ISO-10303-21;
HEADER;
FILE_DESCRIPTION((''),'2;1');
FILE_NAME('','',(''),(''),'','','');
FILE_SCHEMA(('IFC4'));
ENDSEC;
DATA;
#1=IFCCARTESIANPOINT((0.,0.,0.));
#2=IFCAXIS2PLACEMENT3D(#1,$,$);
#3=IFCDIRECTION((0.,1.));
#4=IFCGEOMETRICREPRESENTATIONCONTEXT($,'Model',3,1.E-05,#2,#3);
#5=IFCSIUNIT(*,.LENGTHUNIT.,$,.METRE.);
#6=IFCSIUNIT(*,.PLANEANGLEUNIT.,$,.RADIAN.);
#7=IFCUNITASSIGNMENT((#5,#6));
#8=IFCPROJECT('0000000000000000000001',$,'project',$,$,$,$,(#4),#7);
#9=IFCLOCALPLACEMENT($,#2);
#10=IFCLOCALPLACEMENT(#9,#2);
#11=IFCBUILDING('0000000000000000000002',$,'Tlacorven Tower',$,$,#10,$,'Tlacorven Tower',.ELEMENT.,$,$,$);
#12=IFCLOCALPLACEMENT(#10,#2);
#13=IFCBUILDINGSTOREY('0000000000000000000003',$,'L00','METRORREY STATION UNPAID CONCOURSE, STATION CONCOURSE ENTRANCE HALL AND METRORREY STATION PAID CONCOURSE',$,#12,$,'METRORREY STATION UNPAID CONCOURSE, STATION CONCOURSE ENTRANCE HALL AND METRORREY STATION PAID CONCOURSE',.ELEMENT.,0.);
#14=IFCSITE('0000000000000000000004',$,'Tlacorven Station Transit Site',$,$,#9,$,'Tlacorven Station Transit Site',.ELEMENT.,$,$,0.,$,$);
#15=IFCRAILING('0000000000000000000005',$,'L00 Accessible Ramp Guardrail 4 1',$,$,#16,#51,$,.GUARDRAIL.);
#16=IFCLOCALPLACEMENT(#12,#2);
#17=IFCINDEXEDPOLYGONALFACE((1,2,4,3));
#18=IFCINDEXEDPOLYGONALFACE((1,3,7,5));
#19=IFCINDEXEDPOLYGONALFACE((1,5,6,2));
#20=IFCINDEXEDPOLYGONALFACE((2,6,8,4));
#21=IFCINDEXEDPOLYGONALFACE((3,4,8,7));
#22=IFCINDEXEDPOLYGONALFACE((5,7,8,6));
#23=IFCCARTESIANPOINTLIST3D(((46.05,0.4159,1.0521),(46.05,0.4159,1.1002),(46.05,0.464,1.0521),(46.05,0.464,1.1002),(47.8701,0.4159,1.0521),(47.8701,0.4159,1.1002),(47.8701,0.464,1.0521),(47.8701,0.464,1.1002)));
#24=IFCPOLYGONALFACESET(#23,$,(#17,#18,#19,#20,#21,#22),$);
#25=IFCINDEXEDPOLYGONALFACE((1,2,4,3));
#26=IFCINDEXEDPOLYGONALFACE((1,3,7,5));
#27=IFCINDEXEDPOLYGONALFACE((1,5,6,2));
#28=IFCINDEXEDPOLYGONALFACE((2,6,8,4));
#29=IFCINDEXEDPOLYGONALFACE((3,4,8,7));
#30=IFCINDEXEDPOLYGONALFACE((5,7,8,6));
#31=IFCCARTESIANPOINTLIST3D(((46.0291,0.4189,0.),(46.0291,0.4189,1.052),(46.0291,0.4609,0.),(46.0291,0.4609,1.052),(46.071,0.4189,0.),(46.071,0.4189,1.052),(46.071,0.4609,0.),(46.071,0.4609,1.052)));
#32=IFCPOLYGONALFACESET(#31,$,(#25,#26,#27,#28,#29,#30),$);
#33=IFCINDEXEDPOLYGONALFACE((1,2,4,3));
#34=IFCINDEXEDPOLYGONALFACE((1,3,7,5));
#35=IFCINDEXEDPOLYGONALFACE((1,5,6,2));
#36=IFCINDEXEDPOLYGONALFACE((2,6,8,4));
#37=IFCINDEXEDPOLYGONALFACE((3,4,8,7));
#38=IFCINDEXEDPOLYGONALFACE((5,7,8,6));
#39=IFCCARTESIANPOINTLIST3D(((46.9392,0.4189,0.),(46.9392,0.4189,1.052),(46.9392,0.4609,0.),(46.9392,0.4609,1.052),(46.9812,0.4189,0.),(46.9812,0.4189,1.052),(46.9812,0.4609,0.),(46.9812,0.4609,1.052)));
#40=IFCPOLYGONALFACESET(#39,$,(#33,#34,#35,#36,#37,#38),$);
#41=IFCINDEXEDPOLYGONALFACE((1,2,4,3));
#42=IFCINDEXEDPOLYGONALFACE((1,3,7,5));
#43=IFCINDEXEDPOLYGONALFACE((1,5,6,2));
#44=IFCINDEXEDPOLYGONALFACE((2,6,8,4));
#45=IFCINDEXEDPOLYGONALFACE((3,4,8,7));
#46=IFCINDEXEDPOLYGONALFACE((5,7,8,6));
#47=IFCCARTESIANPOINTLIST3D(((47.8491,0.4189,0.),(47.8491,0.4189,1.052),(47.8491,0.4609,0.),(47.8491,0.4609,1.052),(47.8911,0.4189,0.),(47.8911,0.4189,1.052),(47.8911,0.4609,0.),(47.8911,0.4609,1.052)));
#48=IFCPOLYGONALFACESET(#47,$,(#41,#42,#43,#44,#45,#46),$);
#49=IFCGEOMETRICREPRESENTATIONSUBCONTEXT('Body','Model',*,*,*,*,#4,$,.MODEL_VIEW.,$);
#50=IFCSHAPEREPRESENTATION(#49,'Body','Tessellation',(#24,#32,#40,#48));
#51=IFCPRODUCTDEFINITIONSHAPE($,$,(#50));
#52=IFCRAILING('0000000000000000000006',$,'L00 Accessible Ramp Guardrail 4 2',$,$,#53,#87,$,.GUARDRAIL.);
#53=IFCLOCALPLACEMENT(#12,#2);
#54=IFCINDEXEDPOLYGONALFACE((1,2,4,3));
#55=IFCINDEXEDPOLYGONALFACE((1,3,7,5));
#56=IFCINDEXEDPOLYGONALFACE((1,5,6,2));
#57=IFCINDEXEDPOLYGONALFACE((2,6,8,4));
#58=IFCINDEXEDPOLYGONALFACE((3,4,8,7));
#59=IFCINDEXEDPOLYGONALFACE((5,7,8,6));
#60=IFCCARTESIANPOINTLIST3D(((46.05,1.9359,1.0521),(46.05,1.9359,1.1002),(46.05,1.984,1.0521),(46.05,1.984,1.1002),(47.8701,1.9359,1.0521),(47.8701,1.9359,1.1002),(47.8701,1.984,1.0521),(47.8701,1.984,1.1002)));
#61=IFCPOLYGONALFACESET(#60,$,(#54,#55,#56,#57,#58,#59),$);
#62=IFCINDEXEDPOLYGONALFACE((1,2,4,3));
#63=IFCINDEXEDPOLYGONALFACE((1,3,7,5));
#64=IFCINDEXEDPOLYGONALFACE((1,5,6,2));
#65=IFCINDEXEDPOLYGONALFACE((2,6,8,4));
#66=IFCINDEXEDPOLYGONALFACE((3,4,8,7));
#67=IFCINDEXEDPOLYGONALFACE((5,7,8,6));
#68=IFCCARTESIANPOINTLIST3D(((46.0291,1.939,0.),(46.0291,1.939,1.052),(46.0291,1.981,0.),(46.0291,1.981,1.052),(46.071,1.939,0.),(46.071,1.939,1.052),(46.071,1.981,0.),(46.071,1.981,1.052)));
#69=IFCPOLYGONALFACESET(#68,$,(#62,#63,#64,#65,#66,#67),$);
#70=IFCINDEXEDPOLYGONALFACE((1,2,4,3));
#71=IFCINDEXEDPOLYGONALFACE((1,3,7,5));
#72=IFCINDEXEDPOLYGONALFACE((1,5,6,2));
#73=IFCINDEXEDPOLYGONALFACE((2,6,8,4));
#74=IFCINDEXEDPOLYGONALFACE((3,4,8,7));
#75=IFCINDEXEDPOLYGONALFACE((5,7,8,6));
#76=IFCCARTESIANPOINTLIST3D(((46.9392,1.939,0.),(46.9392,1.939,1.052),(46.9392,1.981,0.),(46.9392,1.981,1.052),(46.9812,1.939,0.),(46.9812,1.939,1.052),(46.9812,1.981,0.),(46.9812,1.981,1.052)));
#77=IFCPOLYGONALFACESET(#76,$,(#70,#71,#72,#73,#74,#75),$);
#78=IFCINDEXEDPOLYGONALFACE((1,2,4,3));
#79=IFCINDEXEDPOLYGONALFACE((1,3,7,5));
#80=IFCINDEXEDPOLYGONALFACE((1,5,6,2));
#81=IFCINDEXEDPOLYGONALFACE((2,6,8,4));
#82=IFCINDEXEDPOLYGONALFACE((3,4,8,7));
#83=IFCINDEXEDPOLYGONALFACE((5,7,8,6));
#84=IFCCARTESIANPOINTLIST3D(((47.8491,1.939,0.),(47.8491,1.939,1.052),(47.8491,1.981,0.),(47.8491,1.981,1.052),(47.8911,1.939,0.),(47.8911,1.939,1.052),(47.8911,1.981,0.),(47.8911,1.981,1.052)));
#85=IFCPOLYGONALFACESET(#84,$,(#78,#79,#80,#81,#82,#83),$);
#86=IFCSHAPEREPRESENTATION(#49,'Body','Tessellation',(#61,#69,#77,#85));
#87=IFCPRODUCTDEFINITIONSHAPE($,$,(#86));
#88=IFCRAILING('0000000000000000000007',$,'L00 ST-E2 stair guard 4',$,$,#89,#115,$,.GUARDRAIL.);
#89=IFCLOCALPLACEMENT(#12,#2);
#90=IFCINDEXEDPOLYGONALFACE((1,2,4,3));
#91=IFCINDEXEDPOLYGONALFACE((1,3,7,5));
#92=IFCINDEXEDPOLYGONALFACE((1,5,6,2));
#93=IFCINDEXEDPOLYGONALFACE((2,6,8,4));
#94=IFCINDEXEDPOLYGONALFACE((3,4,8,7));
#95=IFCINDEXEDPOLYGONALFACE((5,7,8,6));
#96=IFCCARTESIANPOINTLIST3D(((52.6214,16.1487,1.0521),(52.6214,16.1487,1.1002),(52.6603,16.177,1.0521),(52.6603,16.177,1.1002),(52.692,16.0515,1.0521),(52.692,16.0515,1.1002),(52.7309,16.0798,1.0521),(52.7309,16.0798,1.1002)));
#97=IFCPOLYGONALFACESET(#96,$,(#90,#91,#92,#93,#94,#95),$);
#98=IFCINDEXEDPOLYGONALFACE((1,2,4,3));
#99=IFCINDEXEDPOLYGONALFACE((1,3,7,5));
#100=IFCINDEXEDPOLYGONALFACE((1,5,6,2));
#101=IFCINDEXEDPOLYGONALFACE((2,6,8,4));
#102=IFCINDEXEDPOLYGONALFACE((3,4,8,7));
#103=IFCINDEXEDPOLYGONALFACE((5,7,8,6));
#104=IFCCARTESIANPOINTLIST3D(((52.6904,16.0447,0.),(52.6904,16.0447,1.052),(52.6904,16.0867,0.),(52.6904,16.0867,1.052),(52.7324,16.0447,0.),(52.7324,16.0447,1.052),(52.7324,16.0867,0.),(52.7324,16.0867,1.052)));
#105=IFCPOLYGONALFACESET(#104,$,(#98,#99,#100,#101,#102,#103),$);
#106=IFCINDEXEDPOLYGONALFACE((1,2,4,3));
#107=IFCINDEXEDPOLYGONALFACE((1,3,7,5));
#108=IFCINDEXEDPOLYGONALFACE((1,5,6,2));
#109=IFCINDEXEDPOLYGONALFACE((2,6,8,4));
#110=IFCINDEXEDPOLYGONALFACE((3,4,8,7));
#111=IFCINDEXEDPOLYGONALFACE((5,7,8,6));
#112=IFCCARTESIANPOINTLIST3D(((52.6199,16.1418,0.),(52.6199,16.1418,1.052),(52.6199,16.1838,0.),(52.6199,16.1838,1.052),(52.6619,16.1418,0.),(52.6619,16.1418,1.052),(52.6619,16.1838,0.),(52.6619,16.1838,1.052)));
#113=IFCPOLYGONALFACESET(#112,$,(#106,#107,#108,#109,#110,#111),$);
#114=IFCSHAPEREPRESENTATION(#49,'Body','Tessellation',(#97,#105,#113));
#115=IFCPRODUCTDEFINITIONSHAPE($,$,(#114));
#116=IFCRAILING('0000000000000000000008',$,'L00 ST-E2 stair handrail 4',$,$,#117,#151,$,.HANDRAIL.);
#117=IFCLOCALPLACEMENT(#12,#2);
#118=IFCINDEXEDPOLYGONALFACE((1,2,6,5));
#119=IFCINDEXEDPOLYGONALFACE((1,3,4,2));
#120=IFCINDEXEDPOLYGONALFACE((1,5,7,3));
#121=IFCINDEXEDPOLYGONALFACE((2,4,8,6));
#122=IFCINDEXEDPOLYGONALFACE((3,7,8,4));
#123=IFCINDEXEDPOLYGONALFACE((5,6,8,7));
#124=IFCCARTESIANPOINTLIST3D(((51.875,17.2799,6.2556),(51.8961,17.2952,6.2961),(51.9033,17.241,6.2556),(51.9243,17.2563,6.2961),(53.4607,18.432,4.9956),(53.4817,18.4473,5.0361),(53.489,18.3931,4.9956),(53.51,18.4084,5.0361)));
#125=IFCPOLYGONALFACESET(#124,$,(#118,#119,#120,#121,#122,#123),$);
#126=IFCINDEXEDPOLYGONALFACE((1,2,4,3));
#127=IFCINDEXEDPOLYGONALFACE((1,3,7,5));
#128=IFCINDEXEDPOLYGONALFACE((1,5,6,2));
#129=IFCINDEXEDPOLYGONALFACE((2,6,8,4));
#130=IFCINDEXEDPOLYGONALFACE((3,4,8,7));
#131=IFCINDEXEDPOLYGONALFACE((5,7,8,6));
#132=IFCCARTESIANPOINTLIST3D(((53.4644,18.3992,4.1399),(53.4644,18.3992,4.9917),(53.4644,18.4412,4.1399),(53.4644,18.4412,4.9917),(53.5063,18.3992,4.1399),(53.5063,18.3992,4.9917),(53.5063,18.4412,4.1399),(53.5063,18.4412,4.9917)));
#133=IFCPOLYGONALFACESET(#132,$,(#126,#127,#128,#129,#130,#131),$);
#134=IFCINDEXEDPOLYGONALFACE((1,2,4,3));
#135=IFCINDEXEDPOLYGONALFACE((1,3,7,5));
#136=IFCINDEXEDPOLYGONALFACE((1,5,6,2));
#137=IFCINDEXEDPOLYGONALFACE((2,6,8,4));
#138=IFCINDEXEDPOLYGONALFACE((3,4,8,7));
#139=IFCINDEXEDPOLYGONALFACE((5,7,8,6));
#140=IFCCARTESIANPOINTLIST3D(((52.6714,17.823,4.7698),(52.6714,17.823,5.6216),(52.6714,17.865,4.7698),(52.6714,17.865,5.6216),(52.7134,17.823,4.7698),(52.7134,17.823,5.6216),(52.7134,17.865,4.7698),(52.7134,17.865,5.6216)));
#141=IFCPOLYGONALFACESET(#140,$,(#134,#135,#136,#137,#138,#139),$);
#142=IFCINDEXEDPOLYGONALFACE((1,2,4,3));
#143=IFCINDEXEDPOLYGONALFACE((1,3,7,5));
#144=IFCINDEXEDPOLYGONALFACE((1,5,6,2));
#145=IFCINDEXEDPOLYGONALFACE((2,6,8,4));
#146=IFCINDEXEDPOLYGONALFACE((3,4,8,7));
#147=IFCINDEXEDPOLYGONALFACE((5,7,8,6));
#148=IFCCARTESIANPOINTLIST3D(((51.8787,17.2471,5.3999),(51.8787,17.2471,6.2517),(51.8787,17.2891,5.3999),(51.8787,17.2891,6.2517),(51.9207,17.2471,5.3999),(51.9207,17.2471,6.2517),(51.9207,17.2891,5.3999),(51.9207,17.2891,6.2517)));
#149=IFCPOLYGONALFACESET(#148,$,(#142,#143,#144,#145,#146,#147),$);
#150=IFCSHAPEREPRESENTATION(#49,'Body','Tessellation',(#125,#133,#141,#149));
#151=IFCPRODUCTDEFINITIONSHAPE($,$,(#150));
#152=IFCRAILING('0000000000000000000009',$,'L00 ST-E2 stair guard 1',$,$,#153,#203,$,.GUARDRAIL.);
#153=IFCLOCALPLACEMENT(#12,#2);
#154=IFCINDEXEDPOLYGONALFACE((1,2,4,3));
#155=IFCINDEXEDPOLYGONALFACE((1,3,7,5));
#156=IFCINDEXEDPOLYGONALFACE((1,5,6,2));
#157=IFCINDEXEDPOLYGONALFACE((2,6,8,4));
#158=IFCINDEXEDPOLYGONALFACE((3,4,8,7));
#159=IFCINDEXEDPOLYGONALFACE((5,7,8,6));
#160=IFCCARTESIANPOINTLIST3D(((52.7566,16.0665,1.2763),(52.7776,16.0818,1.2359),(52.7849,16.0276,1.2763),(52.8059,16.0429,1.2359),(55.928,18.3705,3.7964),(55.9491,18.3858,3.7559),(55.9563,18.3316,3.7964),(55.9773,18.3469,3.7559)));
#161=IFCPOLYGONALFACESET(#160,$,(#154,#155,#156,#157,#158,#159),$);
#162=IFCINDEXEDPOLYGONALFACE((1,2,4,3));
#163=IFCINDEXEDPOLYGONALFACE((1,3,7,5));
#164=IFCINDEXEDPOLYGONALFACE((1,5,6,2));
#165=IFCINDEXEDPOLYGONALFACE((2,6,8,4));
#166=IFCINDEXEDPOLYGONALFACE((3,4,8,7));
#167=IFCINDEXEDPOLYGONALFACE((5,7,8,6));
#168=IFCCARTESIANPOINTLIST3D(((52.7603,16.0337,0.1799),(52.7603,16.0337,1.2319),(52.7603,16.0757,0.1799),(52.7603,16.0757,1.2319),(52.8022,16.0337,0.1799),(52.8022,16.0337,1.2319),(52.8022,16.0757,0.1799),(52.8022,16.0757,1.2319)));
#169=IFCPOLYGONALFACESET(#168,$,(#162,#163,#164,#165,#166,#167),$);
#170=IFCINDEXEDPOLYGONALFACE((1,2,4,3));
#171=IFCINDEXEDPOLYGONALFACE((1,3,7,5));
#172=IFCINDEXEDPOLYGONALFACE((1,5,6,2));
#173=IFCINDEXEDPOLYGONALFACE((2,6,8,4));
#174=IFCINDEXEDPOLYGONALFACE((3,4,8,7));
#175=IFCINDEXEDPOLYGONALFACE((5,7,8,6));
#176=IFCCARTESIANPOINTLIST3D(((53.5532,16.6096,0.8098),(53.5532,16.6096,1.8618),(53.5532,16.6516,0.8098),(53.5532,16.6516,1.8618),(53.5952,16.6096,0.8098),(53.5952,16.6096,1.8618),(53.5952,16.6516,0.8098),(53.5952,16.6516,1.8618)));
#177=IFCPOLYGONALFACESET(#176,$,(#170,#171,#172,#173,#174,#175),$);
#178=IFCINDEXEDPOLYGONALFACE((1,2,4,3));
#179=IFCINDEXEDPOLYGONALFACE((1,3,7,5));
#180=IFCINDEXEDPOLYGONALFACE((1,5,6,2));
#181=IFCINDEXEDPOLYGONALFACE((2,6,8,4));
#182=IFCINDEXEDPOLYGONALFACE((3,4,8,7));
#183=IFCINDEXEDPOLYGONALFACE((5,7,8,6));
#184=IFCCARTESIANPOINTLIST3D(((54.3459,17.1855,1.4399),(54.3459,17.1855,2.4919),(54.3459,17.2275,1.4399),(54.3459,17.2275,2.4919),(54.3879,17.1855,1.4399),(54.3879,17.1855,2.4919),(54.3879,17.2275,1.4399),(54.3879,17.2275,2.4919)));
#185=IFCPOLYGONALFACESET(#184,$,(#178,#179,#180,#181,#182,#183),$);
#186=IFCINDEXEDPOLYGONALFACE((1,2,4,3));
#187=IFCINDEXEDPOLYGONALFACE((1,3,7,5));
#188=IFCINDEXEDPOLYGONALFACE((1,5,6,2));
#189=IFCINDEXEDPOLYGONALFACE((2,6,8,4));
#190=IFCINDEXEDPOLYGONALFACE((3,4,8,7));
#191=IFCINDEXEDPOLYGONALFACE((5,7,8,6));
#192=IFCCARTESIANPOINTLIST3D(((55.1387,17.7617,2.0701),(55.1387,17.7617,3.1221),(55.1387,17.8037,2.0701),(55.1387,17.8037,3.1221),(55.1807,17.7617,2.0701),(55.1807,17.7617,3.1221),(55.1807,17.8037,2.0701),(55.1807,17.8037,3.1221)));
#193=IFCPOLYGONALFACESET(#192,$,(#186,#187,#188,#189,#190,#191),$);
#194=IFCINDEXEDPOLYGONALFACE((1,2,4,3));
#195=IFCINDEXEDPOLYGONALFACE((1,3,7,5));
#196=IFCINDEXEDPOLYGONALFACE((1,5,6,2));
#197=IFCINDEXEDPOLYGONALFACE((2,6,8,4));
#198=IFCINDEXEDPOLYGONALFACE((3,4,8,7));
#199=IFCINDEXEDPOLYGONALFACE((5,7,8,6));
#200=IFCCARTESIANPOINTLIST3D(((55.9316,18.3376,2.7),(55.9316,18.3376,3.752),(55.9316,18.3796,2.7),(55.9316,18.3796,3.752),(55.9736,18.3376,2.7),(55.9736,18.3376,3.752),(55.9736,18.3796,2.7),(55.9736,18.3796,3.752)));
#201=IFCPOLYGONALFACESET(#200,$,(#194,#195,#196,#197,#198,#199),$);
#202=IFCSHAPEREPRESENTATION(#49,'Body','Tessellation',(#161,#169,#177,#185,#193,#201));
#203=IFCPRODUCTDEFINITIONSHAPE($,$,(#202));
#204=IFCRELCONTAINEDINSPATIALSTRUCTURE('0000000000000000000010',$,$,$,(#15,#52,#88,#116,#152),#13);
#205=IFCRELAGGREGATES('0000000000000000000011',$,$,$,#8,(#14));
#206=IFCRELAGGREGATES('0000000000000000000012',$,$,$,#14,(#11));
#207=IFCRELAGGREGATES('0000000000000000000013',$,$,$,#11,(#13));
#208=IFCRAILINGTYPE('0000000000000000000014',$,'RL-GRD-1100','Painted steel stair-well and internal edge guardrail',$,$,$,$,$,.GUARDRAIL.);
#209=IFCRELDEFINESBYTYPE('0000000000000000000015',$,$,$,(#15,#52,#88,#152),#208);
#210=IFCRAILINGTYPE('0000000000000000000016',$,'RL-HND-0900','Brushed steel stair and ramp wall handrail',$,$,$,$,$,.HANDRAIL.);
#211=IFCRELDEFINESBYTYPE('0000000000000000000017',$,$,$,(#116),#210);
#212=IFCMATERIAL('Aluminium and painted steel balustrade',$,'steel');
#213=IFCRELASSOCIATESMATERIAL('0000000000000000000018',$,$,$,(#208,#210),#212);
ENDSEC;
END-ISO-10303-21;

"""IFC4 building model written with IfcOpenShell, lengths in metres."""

from ifc_helpers import new_model, si_unit, direction, frame, origin, origin_2d, place, context, subcontext, project, spatial, rectangle, extrude, source, transform, mapped, material, type_object, element, save


model = new_model("IFC4")

# Units and contexts
model_context = context("Model", 3, precision=1e-05, world=origin(), true_north=direction((0.0, 1.0)))
body_context = subcontext(model_context, "Body", "Model", "MODEL_VIEW")
ifc_project = project(units=[si_unit("LENGTHUNIT", "METRE"), si_unit("PLANEANGLEUNIT", "RADIAN")], contexts=[model_context])

# Site, building, storey
site_placement = place(None, origin())
site = spatial("IfcSite", under=ifc_project, at=site_placement, Name="Tlacorven Station Transit Site", LongName="Tlacorven Station Transit Site", CompositionType="ELEMENT", RefElevation=0.0)
building_placement = place(site_placement, origin())
building = spatial("IfcBuilding", under=site, at=building_placement, Name="Tlacorven Tower", LongName="Tlacorven Tower", CompositionType="ELEMENT")
storey_placement = place(building_placement, origin())
storey = spatial("IfcBuildingStorey", under=building, at=storey_placement, Name="L00", Description="METRORREY STATION UNPAID CONCOURSE, STATION CONCOURSE ENTRANCE HALL AND METRORREY STATION PAID CONCOURSE", LongName="METRORREY STATION UNPAID CONCOURSE, STATION CONCOURSE ENTRANCE HALL AND METRORREY STATION PAID CONCOURSE", CompositionType="ELEMENT", Elevation=0.0)

# Railings
ifc_material_1 = material(Name="Aluminium and painted steel balustrade", Category="steel")
railing_type_1 = type_object("IfcRailingType", Name="RL-GRD-1100", Description="Painted steel stair-well and internal edge guardrail", PredefinedType="GUARDRAIL", material=ifc_material_1)
shared_shape_1 = source(origin(), body_context, "Body", "SweptSolid", [
    extrude(rectangle(XDim=0.0481, YDim=0.0481, at=origin_2d()), frame((0.0, 0.0, 1.0762), z_axis=(1.0, 0.0, 0.0), x_axis=(0.0, 1.0, 0.0)), (0.0, 0.0, 1.0), 1.8201),
    extrude(rectangle(XDim=0.042, YDim=0.042, at=origin_2d()), origin(), (0.0, 0.0, 1.0), 1.052),
    extrude(rectangle(XDim=0.042, YDim=0.042, at=origin_2d()), frame((0.9102, 0.0, 0.0)), (0.0, 0.0, 1.0), 1.052),
    extrude(rectangle(XDim=0.042, YDim=0.042, at=origin_2d()), frame((1.8201, 0.0, 0.0)), (0.0, 0.0, 1.0), 1.052),
])
for number, where, name in (
    (1, (46.05, 0.4399, 0.0), "L00 Accessible Ramp Guardrail 4 1"),
    (2, (46.05, 1.96, 0.0), "L00 Accessible Ramp Guardrail 4 2"),
):
    element("IfcRailing", number, at=place(storey_placement, frame(where)), inside=storey, type_object=railing_type_1, Name=name, PredefinedType="GUARDRAIL", context=body_context, shape_type="MappedRepresentation", body=[
        mapped(shared_shape_1, transform((0.0, 0.0, 0.0), scale=1.0)),
    ])
shared_shape_2 = source(origin(), body_context, "Body", "SweptSolid", [
    extrude(rectangle(XDim=0.0481, YDim=0.0481, at=origin_2d()), frame((0.0, 0.0, 1.0762), z_axis=(-0.587567, 0.809175, 0.0), x_axis=(-0.809175, -0.587567, 0.0)), (0.0, 0.0, 1.0), 0.1201),
    extrude(rectangle(XDim=0.042, YDim=0.042, at=origin_2d()), origin(), (0.0, 0.0, 1.0), 1.052),
    extrude(rectangle(XDim=0.042, YDim=0.042, at=origin_2d()), frame((-0.0706, 0.0972, 0.0)), (0.0, 0.0, 1.0), 1.052),
])
railing_1_placement = place(storey_placement, frame((52.7114, 16.0657, 0.0)))
element("IfcRailing", 3, at=railing_1_placement, inside=storey, type_object=railing_type_1, Name="L00 ST-E2 stair guard 4", PredefinedType="GUARDRAIL", context=body_context, shape_type="MappedRepresentation", body=[
    mapped(shared_shape_2, transform((0.0, 0.0, 0.0), scale=1.0)),
])
railing_type_2 = type_object("IfcRailingType", Name="RL-HND-0900", Description="Brushed steel stair and ramp wall handrail", PredefinedType="HANDRAIL", material=ifc_material_1)
shared_shape_3 = source(origin(), body_context, "Body", "SweptSolid", [
    extrude(rectangle(XDim=0.0481, YDim=0.0481, at=origin_2d()), frame((0.0, 0.0, 0.876), z_axis=(-0.680525, -0.494441, 0.540753), x_axis=(0.587794, -0.809011, 0.0)), (0.0, 0.0, 1.0), 2.3301),
    extrude(rectangle(XDim=0.042, YDim=0.042, at=origin_2d()), origin(), (0.0, 0.0, 1.0), 0.8518),
    extrude(rectangle(XDim=0.042, YDim=0.042, at=origin_2d()), frame((-0.793, -0.5762, 0.6299)), (0.0, 0.0, 1.0), 0.8518),
    extrude(rectangle(XDim=0.042, YDim=0.042, at=origin_2d()), frame((-1.5857, -1.1521, 1.26)), (0.0, 0.0, 1.0), 0.8518),
])
railing_2_placement = place(storey_placement, frame((53.4854, 18.4202, 4.1399)))
element("IfcRailing", 4, at=railing_2_placement, inside=storey, type_object=railing_type_2, Name="L00 ST-E2 stair handrail 4", PredefinedType="HANDRAIL", context=body_context, shape_type="MappedRepresentation", body=[
    mapped(shared_shape_3, transform((0.0, 0.0, 0.0), scale=1.0)),
])
shared_shape_4 = source(origin(), body_context, "Body", "SweptSolid", [
    extrude(rectangle(XDim=0.0481, YDim=0.0481, at=origin_2d()), frame((0.0, 0.0, 1.0762), z_axis=(0.680543, 0.494402, 0.540767), x_axis=(-0.587753, 0.80904, 0.0)), (0.0, 0.0, 1.0), 4.6602),
    extrude(rectangle(XDim=0.042, YDim=0.042, at=origin_2d()), origin(), (0.0, 0.0, 1.0), 1.052),
    extrude(rectangle(XDim=0.042, YDim=0.042, at=origin_2d()), frame((0.793, 0.5759, 0.6299)), (0.0, 0.0, 1.0), 1.052),
    extrude(rectangle(XDim=0.042, YDim=0.042, at=origin_2d()), frame((1.5857, 1.1519, 1.26)), (0.0, 0.0, 1.0), 1.052),
    extrude(rectangle(XDim=0.042, YDim=0.042, at=origin_2d()), frame((2.3784, 1.728, 1.8901)), (0.0, 0.0, 1.0), 1.052),
    extrude(rectangle(XDim=0.042, YDim=0.042, at=origin_2d()), frame((3.1714, 2.304, 2.52)), (0.0, 0.0, 1.0), 1.052),
])
railing_3_placement = place(storey_placement, frame((52.7812, 16.0547, 0.1799)))
element("IfcRailing", 5, at=railing_3_placement, inside=storey, type_object=railing_type_1, Name="L00 ST-E2 stair guard 1", PredefinedType="GUARDRAIL", context=body_context, shape_type="MappedRepresentation", body=[
    mapped(shared_shape_4, transform((0.0, 0.0, 0.0), scale=1.0)),
])

save(model, "model.ifc")
